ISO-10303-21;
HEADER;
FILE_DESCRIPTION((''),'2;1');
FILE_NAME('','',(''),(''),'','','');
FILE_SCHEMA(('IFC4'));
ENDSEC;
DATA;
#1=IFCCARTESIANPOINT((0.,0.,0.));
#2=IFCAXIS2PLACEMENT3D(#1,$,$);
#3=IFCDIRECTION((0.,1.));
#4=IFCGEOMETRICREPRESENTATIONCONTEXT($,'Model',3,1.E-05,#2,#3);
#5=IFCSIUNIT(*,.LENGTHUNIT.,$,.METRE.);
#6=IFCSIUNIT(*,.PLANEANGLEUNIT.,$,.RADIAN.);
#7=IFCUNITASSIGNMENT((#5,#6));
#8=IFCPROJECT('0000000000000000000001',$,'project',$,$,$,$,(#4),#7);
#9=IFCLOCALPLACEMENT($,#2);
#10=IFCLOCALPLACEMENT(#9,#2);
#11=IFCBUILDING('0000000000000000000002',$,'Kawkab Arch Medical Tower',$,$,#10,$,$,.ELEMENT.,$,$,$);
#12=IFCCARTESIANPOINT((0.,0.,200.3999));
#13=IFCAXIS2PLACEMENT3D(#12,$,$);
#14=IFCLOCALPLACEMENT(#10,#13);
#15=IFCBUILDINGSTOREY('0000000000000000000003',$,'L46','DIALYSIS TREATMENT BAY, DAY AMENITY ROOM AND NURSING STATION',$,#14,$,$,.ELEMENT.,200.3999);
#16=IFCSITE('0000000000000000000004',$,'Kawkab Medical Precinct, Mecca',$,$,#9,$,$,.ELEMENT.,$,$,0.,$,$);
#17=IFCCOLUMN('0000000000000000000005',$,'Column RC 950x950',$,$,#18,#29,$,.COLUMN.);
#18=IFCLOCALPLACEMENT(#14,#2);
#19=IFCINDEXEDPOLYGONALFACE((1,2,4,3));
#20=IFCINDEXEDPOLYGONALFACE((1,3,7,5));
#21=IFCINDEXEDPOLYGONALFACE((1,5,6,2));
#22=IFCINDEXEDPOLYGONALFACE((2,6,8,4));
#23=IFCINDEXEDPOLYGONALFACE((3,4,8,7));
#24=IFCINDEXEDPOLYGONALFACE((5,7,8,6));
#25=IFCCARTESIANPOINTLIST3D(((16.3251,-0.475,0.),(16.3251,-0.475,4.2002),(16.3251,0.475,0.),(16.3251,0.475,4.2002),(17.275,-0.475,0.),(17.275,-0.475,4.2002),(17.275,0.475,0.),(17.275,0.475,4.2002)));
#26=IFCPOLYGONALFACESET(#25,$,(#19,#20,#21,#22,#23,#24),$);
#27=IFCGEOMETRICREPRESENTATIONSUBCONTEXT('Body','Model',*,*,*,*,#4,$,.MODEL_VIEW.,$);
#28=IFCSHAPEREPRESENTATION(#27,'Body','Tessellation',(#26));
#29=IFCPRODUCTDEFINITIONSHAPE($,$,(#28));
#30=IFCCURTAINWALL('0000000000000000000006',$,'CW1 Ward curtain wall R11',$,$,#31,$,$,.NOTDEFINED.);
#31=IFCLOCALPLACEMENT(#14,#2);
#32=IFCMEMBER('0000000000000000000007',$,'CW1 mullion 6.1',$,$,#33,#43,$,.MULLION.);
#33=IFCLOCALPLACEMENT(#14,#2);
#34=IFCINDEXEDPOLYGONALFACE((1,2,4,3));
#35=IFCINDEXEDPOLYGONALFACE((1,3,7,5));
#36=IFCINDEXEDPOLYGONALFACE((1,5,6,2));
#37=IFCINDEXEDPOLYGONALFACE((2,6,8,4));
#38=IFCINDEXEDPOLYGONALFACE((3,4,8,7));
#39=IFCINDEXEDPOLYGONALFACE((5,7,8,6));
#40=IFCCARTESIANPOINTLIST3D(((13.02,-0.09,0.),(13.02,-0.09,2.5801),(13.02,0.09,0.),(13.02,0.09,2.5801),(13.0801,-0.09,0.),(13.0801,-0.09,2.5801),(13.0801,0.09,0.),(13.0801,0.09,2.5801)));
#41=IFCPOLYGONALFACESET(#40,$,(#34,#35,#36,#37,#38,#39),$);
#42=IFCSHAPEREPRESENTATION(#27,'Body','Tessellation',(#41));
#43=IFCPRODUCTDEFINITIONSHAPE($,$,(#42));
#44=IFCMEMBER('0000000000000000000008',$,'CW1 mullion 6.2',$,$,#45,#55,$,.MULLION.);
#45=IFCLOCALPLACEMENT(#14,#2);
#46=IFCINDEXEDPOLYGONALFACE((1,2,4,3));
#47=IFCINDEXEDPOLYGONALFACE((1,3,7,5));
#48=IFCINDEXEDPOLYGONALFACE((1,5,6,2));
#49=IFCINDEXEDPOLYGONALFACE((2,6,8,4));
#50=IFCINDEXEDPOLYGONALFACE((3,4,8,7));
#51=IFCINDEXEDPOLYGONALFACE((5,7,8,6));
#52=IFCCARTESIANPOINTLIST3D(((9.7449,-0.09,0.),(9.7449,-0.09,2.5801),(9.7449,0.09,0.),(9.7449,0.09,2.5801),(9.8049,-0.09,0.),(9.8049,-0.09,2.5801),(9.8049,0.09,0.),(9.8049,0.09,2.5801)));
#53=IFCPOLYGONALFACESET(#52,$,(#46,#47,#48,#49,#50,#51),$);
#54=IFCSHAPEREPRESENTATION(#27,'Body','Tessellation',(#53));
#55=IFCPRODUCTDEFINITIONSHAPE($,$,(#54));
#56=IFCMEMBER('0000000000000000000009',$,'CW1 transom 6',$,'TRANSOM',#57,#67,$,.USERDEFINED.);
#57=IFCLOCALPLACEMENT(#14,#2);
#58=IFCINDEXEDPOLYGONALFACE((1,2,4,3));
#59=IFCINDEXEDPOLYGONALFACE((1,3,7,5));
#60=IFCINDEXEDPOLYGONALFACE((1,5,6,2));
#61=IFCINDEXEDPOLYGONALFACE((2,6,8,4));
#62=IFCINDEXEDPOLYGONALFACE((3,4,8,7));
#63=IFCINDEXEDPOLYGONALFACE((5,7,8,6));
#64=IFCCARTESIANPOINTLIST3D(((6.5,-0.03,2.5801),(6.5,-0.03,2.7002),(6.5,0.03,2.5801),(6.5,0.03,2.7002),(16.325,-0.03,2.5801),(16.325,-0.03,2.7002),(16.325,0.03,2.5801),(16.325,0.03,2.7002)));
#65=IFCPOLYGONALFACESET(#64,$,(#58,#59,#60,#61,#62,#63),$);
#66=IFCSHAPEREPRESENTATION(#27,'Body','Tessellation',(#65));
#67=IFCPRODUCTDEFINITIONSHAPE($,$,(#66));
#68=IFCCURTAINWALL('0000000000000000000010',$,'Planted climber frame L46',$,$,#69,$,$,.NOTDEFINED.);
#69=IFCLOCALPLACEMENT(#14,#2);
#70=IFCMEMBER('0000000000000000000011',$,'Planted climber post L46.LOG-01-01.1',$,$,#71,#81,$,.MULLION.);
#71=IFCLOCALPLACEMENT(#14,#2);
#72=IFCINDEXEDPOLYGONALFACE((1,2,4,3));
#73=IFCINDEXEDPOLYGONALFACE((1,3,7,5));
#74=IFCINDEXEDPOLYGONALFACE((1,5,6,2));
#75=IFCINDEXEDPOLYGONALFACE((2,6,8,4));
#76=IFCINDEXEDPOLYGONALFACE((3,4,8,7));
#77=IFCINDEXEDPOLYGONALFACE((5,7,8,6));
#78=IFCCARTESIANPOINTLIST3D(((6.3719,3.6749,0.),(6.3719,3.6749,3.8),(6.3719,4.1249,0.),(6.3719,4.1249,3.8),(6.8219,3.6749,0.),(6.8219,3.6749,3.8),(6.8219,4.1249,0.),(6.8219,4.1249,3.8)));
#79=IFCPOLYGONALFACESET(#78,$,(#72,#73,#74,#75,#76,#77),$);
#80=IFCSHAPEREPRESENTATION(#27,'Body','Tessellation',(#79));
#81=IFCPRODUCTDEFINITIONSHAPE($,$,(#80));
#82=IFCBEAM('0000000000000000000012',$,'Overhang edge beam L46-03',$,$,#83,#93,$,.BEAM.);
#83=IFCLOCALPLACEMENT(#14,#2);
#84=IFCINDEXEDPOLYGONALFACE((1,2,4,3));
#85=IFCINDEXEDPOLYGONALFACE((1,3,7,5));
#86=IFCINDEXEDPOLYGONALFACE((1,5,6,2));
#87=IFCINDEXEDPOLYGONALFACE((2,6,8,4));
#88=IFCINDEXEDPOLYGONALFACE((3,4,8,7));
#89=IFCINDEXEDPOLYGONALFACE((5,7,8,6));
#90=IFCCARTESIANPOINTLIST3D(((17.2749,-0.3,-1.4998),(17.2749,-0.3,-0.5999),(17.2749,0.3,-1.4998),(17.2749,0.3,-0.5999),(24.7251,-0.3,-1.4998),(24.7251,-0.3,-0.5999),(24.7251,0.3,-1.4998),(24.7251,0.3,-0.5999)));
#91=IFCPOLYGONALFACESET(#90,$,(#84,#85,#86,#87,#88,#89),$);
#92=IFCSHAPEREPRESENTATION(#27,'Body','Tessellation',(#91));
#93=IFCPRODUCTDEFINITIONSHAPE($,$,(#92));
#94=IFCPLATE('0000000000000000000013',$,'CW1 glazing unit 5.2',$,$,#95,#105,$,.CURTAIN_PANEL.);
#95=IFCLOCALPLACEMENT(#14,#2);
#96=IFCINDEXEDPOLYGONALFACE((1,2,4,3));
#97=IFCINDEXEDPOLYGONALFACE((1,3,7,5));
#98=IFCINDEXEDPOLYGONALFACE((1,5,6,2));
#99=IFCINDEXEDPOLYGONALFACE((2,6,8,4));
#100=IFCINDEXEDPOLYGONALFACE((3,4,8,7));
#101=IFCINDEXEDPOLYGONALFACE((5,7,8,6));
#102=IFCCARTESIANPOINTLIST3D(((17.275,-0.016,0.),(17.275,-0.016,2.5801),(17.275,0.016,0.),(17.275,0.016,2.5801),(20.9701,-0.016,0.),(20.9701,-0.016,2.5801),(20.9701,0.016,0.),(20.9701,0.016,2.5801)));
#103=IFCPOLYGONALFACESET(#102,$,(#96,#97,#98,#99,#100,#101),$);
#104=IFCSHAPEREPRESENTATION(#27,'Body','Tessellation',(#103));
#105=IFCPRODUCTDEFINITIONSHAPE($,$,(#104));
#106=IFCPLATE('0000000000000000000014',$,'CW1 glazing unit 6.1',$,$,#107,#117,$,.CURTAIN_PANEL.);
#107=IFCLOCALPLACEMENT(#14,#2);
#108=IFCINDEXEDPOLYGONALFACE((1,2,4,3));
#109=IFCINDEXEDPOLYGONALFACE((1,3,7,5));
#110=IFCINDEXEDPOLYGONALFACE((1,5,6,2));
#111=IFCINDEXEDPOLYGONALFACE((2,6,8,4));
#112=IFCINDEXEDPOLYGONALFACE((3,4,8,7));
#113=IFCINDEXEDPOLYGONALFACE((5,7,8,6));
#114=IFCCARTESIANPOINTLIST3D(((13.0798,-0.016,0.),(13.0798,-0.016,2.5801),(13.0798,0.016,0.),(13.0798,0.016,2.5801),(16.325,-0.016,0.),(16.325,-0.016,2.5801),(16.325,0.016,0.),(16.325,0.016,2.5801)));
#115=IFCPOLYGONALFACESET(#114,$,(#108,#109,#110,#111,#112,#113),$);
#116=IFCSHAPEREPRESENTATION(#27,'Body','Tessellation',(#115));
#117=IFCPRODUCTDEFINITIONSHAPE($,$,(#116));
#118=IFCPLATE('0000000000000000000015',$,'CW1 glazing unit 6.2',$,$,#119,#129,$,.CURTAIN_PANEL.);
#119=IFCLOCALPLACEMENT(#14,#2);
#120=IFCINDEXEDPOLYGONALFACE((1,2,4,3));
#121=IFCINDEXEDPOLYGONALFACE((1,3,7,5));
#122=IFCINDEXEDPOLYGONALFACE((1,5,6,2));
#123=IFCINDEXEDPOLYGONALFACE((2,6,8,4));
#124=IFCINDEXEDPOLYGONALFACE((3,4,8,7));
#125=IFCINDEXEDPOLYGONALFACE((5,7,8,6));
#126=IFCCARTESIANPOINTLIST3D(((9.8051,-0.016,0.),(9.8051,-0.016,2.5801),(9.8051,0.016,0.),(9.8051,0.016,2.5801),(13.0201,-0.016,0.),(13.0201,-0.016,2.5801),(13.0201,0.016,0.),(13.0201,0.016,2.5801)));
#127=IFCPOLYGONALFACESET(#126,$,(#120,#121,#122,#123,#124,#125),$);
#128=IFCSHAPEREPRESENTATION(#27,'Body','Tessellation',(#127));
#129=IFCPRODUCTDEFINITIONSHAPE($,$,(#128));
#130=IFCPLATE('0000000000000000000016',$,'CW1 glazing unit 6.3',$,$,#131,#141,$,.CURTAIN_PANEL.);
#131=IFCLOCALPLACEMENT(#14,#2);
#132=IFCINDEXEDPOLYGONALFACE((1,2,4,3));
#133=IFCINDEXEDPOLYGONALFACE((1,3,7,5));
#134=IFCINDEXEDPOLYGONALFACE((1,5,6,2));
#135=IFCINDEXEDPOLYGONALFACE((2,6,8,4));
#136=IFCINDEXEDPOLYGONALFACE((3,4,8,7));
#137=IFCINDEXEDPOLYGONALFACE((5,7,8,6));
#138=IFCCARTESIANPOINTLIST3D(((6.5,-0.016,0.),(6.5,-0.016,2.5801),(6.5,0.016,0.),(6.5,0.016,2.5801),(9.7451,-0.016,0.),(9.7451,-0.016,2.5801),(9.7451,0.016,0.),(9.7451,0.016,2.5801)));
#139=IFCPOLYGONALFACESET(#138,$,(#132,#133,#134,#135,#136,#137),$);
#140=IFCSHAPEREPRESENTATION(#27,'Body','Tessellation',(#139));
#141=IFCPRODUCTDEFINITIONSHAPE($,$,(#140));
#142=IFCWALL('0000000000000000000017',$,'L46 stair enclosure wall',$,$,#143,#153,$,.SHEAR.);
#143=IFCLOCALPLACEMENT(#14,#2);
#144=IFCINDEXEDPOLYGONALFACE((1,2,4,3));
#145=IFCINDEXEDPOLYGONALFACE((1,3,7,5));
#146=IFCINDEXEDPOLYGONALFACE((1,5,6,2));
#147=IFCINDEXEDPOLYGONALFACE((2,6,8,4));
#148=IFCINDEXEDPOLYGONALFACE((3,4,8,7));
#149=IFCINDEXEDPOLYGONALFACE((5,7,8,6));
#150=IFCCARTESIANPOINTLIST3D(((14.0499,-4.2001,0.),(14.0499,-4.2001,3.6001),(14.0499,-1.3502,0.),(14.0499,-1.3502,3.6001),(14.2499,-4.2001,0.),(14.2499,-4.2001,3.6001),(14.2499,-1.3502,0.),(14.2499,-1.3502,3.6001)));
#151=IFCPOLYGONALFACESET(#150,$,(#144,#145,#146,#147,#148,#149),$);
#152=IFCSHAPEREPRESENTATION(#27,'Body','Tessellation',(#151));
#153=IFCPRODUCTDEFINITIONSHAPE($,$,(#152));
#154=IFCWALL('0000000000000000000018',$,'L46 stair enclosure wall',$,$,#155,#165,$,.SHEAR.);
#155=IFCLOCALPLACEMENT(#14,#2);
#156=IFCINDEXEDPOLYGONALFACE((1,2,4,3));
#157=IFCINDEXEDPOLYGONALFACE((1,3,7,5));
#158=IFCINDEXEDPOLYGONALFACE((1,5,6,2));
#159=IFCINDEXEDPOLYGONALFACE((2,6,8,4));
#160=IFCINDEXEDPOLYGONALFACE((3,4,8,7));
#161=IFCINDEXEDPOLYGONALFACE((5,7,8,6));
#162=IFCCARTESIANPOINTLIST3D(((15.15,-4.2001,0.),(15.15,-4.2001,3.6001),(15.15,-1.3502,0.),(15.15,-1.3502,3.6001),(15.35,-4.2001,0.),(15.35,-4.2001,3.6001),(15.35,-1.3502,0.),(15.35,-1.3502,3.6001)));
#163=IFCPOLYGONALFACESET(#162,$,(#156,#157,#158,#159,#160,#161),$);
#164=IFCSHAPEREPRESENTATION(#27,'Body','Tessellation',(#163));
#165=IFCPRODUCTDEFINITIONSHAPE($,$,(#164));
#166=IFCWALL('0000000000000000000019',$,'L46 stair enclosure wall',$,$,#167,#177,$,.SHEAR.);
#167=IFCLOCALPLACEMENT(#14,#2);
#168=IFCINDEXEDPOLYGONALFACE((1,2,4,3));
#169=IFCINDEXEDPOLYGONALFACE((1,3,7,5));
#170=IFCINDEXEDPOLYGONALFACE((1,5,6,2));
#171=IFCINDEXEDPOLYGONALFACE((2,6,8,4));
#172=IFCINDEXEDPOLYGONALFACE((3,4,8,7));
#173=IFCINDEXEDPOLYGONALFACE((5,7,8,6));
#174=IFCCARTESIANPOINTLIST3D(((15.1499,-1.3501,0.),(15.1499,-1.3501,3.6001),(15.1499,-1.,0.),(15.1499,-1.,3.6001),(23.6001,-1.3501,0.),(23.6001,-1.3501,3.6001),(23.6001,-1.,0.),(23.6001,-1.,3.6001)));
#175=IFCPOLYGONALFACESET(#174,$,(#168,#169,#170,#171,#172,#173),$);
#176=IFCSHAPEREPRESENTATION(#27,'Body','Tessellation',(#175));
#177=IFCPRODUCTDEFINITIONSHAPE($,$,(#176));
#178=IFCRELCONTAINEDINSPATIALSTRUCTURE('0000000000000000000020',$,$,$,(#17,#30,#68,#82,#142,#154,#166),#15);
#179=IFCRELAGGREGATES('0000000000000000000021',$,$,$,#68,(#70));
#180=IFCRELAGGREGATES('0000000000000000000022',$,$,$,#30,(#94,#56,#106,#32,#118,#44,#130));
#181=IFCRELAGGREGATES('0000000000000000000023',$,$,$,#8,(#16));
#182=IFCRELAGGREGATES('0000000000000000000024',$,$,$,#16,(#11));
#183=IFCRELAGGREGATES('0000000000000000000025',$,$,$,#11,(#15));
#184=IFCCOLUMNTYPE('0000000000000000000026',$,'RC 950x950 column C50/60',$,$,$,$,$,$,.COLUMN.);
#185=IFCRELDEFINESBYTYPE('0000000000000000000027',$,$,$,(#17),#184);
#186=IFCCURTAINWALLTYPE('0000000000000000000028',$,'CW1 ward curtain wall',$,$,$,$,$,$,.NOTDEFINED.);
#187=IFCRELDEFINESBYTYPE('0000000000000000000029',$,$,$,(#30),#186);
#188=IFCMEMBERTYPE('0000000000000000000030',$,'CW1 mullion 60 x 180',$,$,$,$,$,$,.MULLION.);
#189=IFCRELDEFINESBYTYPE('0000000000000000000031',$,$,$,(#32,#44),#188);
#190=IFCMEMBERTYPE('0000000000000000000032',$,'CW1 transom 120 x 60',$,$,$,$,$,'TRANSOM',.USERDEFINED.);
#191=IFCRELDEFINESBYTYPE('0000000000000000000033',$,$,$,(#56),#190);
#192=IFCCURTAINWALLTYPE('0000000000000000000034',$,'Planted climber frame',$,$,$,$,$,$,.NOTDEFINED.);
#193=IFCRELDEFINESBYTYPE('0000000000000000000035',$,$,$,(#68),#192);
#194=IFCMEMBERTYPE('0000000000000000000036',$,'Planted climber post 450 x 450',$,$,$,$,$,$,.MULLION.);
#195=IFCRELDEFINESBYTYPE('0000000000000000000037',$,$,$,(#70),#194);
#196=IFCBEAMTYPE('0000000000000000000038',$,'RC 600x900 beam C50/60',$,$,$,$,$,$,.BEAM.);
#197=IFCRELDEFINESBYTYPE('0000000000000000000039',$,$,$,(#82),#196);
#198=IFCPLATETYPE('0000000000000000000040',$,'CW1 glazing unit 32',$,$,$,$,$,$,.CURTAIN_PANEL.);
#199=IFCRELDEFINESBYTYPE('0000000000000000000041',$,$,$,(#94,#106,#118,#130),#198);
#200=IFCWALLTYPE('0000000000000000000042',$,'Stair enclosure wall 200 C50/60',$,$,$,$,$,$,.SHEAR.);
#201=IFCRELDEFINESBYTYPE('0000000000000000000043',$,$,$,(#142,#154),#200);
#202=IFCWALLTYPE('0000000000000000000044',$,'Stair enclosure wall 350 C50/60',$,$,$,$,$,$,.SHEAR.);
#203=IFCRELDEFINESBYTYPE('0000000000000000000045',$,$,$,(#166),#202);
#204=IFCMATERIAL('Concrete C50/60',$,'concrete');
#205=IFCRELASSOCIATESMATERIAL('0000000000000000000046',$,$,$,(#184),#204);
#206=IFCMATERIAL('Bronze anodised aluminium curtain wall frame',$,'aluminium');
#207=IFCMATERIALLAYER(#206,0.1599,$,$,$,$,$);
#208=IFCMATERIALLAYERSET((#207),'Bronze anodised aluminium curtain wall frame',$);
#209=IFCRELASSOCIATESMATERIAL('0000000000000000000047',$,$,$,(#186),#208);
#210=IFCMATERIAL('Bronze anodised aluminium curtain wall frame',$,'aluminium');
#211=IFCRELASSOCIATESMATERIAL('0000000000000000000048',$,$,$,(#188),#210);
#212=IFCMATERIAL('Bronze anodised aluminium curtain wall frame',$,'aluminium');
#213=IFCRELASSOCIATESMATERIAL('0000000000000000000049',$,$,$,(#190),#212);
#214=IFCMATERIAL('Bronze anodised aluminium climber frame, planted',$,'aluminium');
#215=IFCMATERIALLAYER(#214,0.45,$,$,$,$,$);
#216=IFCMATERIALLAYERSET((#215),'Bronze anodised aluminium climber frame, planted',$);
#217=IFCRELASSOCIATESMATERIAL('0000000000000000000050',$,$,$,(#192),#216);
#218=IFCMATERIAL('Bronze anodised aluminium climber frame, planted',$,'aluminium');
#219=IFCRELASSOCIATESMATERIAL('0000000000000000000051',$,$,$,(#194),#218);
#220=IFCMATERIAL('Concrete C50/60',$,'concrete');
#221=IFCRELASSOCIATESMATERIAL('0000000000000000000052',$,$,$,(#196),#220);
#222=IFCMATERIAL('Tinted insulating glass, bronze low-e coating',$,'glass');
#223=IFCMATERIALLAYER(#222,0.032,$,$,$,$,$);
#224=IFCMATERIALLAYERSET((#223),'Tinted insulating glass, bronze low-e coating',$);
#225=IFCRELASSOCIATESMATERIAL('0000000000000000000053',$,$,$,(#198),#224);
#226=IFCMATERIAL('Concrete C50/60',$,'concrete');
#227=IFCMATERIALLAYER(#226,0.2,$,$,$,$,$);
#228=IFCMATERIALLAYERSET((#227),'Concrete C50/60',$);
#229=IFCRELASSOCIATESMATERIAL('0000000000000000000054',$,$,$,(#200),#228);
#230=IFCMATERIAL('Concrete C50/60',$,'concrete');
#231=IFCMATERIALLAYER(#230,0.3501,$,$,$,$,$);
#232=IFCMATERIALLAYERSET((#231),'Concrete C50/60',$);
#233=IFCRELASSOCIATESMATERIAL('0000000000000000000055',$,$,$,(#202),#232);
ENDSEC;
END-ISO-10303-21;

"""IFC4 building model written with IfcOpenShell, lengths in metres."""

from ifc_helpers import new_model, si_unit, direction, frame, frame_2d, origin, origin_2d, place, context, subcontext, project, spatial, rectangle, extrude, material, layer, layer_set, material_profile, profile_set, type_object, element, aggregate, save


model = new_model("IFC4")

# Units and contexts
model_context = context("Model", 3, precision=1e-05, world=origin(), true_north=direction((0.0, 1.0)))
body_context = subcontext(model_context, "Body", "Model", "MODEL_VIEW")
ifc_project = project(units=[si_unit("LENGTHUNIT", "METRE"), si_unit("PLANEANGLEUNIT", "RADIAN")], contexts=[model_context])

# Site, building, storey
site_placement = place(None, origin())
site = spatial("IfcSite", under=ifc_project, at=site_placement, Name="Kawkab Medical Precinct, Mecca", CompositionType="ELEMENT", RefElevation=0.0)
building_placement = place(site_placement, origin())
building = spatial("IfcBuilding", under=site, at=building_placement, Name="Kawkab Arch Medical Tower", CompositionType="ELEMENT")
storey_placement = place(building_placement, frame((0.0, 0.0, 200.3999)))
storey = spatial("IfcBuildingStorey", under=building, at=storey_placement, Name="L46", Description="DIALYSIS TREATMENT BAY, DAY AMENITY ROOM AND NURSING STATION", CompositionType="ELEMENT", Elevation=200.3999)

# Column
ifc_material_1 = material(Name="Concrete C50/60", Category="concrete")
ifc_material_profile_1 = material_profile(ifc_material_1, rectangle(XDim=0.95, YDim=0.95, at=origin_2d()), Name="RC 950x950")
ifc_profile_set_1 = profile_set([ifc_material_profile_1], Name="Concrete C50/60")
column_type = type_object("IfcColumnType", Name="RC 950x950 column C50/60", PredefinedType="COLUMN", material=ifc_profile_set_1)
column_placement = place(storey_placement, frame((16.8, 0.0, 0.0), z_axis=(0.0, 0.0, 1.0), x_axis=(1.0, 0.0, 0.0)))
element("IfcColumn", 1, at=column_placement, inside=storey, type_object=column_type, Name="Column RC 950x950", PredefinedType="COLUMN", context=body_context, shape_type="SweptSolid", body=[
    extrude(rectangle(XDim=0.95, YDim=0.95, at=origin_2d()), origin(), (0.0, 0.0, 1.0), 4.2002),
])

# Curtain wall, members
ifc_material_2 = material(Name="Bronze anodised aluminium curtain wall frame", Category="aluminium")
ifc_layer_1 = layer(ifc_material_2, 0.1599)
ifc_layer_set_1 = layer_set([ifc_layer_1], Name="Bronze anodised aluminium curtain wall frame")
curtain_wall_type_1 = type_object("IfcCurtainWallType", Name="CW1 ward curtain wall", PredefinedType="NOTDEFINED", material=ifc_layer_set_1)
placement = place(storey_placement, origin())
curtain_wall_1 = element("IfcCurtainWall", 2, at=placement, inside=storey, type_object=curtain_wall_type_1, Name="CW1 Ward curtain wall R11", PredefinedType="NOTDEFINED")
ifc_material_3 = material(Name="Bronze anodised aluminium curtain wall frame", Category="aluminium")
ifc_material_profile_2 = material_profile(ifc_material_3, rectangle(XDim=0.1799, YDim=0.0601, at=origin_2d()), Name="AL 60x180")
ifc_profile_set_2 = profile_set([ifc_material_profile_2], Name="Bronze anodised aluminium curtain wall frame")
member_type_1 = type_object("IfcMemberType", Name="CW1 mullion 60 x 180", PredefinedType="MULLION", material=ifc_profile_set_2)
member_1_placement = place(storey_placement, frame((13.05, 0.0, 0.0), z_axis=(0.0, 0.0, 1.0), x_axis=(0.0, -1.0, 0.0)))
member_1 = element("IfcMember", 3, at=member_1_placement, type_object=member_type_1, Name="CW1 mullion 6.1", PredefinedType="MULLION", context=body_context, shape_type="SweptSolid", body=[
    extrude(rectangle(XDim=0.1799, YDim=0.0601, at=origin_2d()), origin(), (0.0, 0.0, 1.0), 2.5801),
])
member_2_placement = place(storey_placement, frame((9.7749, 0.0, 0.0), z_axis=(0.0, 0.0, 1.0), x_axis=(0.0, -1.0, 0.0)))
member_2 = element("IfcMember", 4, at=member_2_placement, type_object=member_type_1, Name="CW1 mullion 6.2", PredefinedType="MULLION", context=body_context, shape_type="SweptSolid", body=[
    extrude(rectangle(XDim=0.1799, YDim=0.0601, at=origin_2d()), origin(), (0.0, 0.0, 1.0), 2.5801),
])
ifc_material_4 = material(Name="Bronze anodised aluminium curtain wall frame", Category="aluminium")
ifc_material_profile_3 = material_profile(ifc_material_4, rectangle(XDim=0.0601, YDim=0.1201, at=origin_2d()), Name="AL 60x120")
ifc_profile_set_3 = profile_set([ifc_material_profile_3], Name="Bronze anodised aluminium curtain wall frame")
member_type_2 = type_object("IfcMemberType", Name="CW1 transom 120 x 60", ElementType="TRANSOM", PredefinedType="USERDEFINED", material=ifc_profile_set_3)
member_3_placement = place(storey_placement, frame((16.325, 0.0, 2.6401), z_axis=(-1.0, 0.0, 0.0), x_axis=(0.0, -1.0, 0.0)))
member_3 = element("IfcMember", 5, at=member_3_placement, type_object=member_type_2, Name="CW1 transom 6", ObjectType="TRANSOM", PredefinedType="USERDEFINED", context=body_context, shape_type="SweptSolid", body=[
    extrude(rectangle(XDim=0.0601, YDim=0.1201, at=origin_2d()), origin(), (0.0, 0.0, 1.0), 9.825),
])

# Curtain wall, member
ifc_material_5 = material(Name="Bronze anodised aluminium climber frame, planted", Category="aluminium")
ifc_layer_2 = layer(ifc_material_5, 0.45)
ifc_layer_set_2 = layer_set([ifc_layer_2], Name="Bronze anodised aluminium climber frame, planted")
curtain_wall_type_2 = type_object("IfcCurtainWallType", Name="Planted climber frame", PredefinedType="NOTDEFINED", material=ifc_layer_set_2)
curtain_wall_2 = element("IfcCurtainWall", 6, at=placement, inside=storey, type_object=curtain_wall_type_2, Name="Planted climber frame L46", PredefinedType="NOTDEFINED")
ifc_material_6 = material(Name="Bronze anodised aluminium climber frame, planted", Category="aluminium")
ifc_material_profile_4 = material_profile(ifc_material_6, rectangle(XDim=0.45, YDim=0.45, at=origin_2d()), Name="Post 450x450")
ifc_profile_set_4 = profile_set([ifc_material_profile_4], Name="Bronze anodised aluminium climber frame, planted")
member_type_3 = type_object("IfcMemberType", Name="Planted climber post 450 x 450", PredefinedType="MULLION", material=ifc_profile_set_4)
member_4_placement = place(storey_placement, frame((6.5969, 3.8999, 0.0), z_axis=(0.0, 0.0, 1.0), x_axis=(1.0, 0.0, 0.0)))
member_4 = element("IfcMember", 7, at=member_4_placement, type_object=member_type_3, Name="Planted climber post L46.LOG-01-01.1", PredefinedType="MULLION", context=body_context, shape_type="SweptSolid", body=[
    extrude(rectangle(XDim=0.45, YDim=0.45, at=origin_2d()), origin(), (0.0, 0.0, 1.0), 3.8),
])
aggregate(curtain_wall_2, [member_4])

# Beam
ifc_material_7 = material(Name="Concrete C50/60", Category="concrete")
ifc_material_profile_5 = material_profile(ifc_material_7, rectangle(XDim=0.6001, YDim=0.8999, at=origin_2d()), Name="RC 600x900")
ifc_profile_set_5 = profile_set([ifc_material_profile_5], Name="Concrete C50/60")
beam_type = type_object("IfcBeamType", Name="RC 600x900 beam C50/60", PredefinedType="BEAM", material=ifc_profile_set_5)
beam_placement = place(storey_placement, frame((17.2749, 0.0, -1.0498), z_axis=(1.0, 0.0, 0.0), x_axis=(0.0, 1.0, 0.0)))
element("IfcBeam", 8, at=beam_placement, inside=storey, type_object=beam_type, Name="Overhang edge beam L46-03", PredefinedType="BEAM", context=body_context, shape_type="SweptSolid", body=[
    extrude(rectangle(XDim=0.6001, YDim=0.8999, at=origin_2d()), origin(), (0.0, 0.0, 1.0), 7.4502),
])

# Plates
ifc_material_8 = material(Name="Tinted insulating glass, bronze low-e coating", Category="glass")
ifc_layer_3 = layer(ifc_material_8, 0.032)
ifc_layer_set_3 = layer_set([ifc_layer_3], Name="Tinted insulating glass, bronze low-e coating")
plate_type = type_object("IfcPlateType", Name="CW1 glazing unit 32", PredefinedType="CURTAIN_PANEL", material=ifc_layer_set_3)
plate_1_placement = place(storey_placement, frame((19.1226, 0.0, 0.0), z_axis=(0.0, 0.0, 1.0), x_axis=(-1.0, 0.0, 0.0)))
plate_1 = element("IfcPlate", 9, at=plate_1_placement, type_object=plate_type, Name="CW1 glazing unit 5.2", PredefinedType="CURTAIN_PANEL", context=body_context, shape_type="SweptSolid", body=[
    extrude(rectangle(XDim=3.6951, YDim=0.032, at=origin_2d()), origin(), (0.0, 0.0, 1.0), 2.5801),
])
plate_2_placement = place(storey_placement, frame((14.7024, 0.0, 0.0), z_axis=(0.0, 0.0, 1.0), x_axis=(-1.0, 0.0, 0.0)))
plate_2 = element("IfcPlate", 10, at=plate_2_placement, type_object=plate_type, Name="CW1 glazing unit 6.1", PredefinedType="CURTAIN_PANEL", context=body_context, shape_type="SweptSolid", body=[
    extrude(rectangle(XDim=3.2451, YDim=0.032, at=origin_2d()), origin(), (0.0, 0.0, 1.0), 2.5801),
])
plate_3_placement = place(storey_placement, frame((11.4126, 0.0, 0.0), z_axis=(0.0, 0.0, 1.0), x_axis=(-1.0, 0.0, 0.0)))
plate_3 = element("IfcPlate", 11, at=plate_3_placement, type_object=plate_type, Name="CW1 glazing unit 6.2", PredefinedType="CURTAIN_PANEL", context=body_context, shape_type="SweptSolid", body=[
    extrude(rectangle(XDim=3.2151, YDim=0.032, at=origin_2d()), origin(), (0.0, 0.0, 1.0), 2.5801),
])
plate_4_placement = place(storey_placement, frame((8.1226, 0.0, 0.0), z_axis=(0.0, 0.0, 1.0), x_axis=(-1.0, 0.0, 0.0)))
plate_4 = element("IfcPlate", 12, at=plate_4_placement, type_object=plate_type, Name="CW1 glazing unit 6.3", PredefinedType="CURTAIN_PANEL", context=body_context, shape_type="SweptSolid", body=[
    extrude(rectangle(XDim=3.2451, YDim=0.032, at=origin_2d()), origin(), (0.0, 0.0, 1.0), 2.5801),
])
aggregate(curtain_wall_1, [plate_1, member_3, plate_2, member_1, plate_3, member_2, plate_4])

# Walls
ifc_material_9 = material(Name="Concrete C50/60", Category="concrete")
ifc_layer_4 = layer(ifc_material_9, 0.2)
ifc_layer_set_4 = layer_set([ifc_layer_4], Name="Concrete C50/60")
wall_type_1 = type_object("IfcWallType", Name="Stair enclosure wall 200 C50/60", PredefinedType="SHEAR", material=ifc_layer_set_4)
for number, where, z_axis, x_axis, name in (
    (13, (14.1499, -4.2, 0.0), (0.0, 0.0, 1.0), (0.0, 1.0, 0.0), "L46 stair enclosure wall"),
    (14, (15.25, -4.2, 0.0), (0.0, 0.0, 1.0), (0.0, 1.0, 0.0), "L46 stair enclosure wall"),
):
    element("IfcWall", number, at=place(storey_placement, frame(where, z_axis=z_axis, x_axis=x_axis)), inside=storey, type_object=wall_type_1, Name=name, PredefinedType="SHEAR", context=body_context, shape_type="SweptSolid", body=[
        extrude(rectangle(XDim=2.8499, YDim=0.2, at=frame_2d((1.4248, 0.0))), origin(), (0.0, 0.0, 1.0), 3.6001),
    ])
ifc_material_10 = material(Name="Concrete C50/60", Category="concrete")
ifc_layer_5 = layer(ifc_material_10, 0.3501)
ifc_layer_set_5 = layer_set([ifc_layer_5], Name="Concrete C50/60")
wall_type_2 = type_object("IfcWallType", Name="Stair enclosure wall 350 C50/60", PredefinedType="SHEAR", material=ifc_layer_set_5)
wall_placement = place(storey_placement, frame((15.1499, -1.175, 0.0), z_axis=(0.0, 0.0, 1.0), x_axis=(1.0, 0.0, 0.0)))
element("IfcWall", 15, at=wall_placement, inside=storey, type_object=wall_type_2, Name="L46 stair enclosure wall", PredefinedType="SHEAR", context=body_context, shape_type="SweptSolid", body=[
    extrude(rectangle(XDim=8.4502, YDim=0.3501, at=frame_2d((4.2251, 0.0))), origin(), (0.0, 0.0, 1.0), 3.6001),
])

save(model, "model.ifc")
